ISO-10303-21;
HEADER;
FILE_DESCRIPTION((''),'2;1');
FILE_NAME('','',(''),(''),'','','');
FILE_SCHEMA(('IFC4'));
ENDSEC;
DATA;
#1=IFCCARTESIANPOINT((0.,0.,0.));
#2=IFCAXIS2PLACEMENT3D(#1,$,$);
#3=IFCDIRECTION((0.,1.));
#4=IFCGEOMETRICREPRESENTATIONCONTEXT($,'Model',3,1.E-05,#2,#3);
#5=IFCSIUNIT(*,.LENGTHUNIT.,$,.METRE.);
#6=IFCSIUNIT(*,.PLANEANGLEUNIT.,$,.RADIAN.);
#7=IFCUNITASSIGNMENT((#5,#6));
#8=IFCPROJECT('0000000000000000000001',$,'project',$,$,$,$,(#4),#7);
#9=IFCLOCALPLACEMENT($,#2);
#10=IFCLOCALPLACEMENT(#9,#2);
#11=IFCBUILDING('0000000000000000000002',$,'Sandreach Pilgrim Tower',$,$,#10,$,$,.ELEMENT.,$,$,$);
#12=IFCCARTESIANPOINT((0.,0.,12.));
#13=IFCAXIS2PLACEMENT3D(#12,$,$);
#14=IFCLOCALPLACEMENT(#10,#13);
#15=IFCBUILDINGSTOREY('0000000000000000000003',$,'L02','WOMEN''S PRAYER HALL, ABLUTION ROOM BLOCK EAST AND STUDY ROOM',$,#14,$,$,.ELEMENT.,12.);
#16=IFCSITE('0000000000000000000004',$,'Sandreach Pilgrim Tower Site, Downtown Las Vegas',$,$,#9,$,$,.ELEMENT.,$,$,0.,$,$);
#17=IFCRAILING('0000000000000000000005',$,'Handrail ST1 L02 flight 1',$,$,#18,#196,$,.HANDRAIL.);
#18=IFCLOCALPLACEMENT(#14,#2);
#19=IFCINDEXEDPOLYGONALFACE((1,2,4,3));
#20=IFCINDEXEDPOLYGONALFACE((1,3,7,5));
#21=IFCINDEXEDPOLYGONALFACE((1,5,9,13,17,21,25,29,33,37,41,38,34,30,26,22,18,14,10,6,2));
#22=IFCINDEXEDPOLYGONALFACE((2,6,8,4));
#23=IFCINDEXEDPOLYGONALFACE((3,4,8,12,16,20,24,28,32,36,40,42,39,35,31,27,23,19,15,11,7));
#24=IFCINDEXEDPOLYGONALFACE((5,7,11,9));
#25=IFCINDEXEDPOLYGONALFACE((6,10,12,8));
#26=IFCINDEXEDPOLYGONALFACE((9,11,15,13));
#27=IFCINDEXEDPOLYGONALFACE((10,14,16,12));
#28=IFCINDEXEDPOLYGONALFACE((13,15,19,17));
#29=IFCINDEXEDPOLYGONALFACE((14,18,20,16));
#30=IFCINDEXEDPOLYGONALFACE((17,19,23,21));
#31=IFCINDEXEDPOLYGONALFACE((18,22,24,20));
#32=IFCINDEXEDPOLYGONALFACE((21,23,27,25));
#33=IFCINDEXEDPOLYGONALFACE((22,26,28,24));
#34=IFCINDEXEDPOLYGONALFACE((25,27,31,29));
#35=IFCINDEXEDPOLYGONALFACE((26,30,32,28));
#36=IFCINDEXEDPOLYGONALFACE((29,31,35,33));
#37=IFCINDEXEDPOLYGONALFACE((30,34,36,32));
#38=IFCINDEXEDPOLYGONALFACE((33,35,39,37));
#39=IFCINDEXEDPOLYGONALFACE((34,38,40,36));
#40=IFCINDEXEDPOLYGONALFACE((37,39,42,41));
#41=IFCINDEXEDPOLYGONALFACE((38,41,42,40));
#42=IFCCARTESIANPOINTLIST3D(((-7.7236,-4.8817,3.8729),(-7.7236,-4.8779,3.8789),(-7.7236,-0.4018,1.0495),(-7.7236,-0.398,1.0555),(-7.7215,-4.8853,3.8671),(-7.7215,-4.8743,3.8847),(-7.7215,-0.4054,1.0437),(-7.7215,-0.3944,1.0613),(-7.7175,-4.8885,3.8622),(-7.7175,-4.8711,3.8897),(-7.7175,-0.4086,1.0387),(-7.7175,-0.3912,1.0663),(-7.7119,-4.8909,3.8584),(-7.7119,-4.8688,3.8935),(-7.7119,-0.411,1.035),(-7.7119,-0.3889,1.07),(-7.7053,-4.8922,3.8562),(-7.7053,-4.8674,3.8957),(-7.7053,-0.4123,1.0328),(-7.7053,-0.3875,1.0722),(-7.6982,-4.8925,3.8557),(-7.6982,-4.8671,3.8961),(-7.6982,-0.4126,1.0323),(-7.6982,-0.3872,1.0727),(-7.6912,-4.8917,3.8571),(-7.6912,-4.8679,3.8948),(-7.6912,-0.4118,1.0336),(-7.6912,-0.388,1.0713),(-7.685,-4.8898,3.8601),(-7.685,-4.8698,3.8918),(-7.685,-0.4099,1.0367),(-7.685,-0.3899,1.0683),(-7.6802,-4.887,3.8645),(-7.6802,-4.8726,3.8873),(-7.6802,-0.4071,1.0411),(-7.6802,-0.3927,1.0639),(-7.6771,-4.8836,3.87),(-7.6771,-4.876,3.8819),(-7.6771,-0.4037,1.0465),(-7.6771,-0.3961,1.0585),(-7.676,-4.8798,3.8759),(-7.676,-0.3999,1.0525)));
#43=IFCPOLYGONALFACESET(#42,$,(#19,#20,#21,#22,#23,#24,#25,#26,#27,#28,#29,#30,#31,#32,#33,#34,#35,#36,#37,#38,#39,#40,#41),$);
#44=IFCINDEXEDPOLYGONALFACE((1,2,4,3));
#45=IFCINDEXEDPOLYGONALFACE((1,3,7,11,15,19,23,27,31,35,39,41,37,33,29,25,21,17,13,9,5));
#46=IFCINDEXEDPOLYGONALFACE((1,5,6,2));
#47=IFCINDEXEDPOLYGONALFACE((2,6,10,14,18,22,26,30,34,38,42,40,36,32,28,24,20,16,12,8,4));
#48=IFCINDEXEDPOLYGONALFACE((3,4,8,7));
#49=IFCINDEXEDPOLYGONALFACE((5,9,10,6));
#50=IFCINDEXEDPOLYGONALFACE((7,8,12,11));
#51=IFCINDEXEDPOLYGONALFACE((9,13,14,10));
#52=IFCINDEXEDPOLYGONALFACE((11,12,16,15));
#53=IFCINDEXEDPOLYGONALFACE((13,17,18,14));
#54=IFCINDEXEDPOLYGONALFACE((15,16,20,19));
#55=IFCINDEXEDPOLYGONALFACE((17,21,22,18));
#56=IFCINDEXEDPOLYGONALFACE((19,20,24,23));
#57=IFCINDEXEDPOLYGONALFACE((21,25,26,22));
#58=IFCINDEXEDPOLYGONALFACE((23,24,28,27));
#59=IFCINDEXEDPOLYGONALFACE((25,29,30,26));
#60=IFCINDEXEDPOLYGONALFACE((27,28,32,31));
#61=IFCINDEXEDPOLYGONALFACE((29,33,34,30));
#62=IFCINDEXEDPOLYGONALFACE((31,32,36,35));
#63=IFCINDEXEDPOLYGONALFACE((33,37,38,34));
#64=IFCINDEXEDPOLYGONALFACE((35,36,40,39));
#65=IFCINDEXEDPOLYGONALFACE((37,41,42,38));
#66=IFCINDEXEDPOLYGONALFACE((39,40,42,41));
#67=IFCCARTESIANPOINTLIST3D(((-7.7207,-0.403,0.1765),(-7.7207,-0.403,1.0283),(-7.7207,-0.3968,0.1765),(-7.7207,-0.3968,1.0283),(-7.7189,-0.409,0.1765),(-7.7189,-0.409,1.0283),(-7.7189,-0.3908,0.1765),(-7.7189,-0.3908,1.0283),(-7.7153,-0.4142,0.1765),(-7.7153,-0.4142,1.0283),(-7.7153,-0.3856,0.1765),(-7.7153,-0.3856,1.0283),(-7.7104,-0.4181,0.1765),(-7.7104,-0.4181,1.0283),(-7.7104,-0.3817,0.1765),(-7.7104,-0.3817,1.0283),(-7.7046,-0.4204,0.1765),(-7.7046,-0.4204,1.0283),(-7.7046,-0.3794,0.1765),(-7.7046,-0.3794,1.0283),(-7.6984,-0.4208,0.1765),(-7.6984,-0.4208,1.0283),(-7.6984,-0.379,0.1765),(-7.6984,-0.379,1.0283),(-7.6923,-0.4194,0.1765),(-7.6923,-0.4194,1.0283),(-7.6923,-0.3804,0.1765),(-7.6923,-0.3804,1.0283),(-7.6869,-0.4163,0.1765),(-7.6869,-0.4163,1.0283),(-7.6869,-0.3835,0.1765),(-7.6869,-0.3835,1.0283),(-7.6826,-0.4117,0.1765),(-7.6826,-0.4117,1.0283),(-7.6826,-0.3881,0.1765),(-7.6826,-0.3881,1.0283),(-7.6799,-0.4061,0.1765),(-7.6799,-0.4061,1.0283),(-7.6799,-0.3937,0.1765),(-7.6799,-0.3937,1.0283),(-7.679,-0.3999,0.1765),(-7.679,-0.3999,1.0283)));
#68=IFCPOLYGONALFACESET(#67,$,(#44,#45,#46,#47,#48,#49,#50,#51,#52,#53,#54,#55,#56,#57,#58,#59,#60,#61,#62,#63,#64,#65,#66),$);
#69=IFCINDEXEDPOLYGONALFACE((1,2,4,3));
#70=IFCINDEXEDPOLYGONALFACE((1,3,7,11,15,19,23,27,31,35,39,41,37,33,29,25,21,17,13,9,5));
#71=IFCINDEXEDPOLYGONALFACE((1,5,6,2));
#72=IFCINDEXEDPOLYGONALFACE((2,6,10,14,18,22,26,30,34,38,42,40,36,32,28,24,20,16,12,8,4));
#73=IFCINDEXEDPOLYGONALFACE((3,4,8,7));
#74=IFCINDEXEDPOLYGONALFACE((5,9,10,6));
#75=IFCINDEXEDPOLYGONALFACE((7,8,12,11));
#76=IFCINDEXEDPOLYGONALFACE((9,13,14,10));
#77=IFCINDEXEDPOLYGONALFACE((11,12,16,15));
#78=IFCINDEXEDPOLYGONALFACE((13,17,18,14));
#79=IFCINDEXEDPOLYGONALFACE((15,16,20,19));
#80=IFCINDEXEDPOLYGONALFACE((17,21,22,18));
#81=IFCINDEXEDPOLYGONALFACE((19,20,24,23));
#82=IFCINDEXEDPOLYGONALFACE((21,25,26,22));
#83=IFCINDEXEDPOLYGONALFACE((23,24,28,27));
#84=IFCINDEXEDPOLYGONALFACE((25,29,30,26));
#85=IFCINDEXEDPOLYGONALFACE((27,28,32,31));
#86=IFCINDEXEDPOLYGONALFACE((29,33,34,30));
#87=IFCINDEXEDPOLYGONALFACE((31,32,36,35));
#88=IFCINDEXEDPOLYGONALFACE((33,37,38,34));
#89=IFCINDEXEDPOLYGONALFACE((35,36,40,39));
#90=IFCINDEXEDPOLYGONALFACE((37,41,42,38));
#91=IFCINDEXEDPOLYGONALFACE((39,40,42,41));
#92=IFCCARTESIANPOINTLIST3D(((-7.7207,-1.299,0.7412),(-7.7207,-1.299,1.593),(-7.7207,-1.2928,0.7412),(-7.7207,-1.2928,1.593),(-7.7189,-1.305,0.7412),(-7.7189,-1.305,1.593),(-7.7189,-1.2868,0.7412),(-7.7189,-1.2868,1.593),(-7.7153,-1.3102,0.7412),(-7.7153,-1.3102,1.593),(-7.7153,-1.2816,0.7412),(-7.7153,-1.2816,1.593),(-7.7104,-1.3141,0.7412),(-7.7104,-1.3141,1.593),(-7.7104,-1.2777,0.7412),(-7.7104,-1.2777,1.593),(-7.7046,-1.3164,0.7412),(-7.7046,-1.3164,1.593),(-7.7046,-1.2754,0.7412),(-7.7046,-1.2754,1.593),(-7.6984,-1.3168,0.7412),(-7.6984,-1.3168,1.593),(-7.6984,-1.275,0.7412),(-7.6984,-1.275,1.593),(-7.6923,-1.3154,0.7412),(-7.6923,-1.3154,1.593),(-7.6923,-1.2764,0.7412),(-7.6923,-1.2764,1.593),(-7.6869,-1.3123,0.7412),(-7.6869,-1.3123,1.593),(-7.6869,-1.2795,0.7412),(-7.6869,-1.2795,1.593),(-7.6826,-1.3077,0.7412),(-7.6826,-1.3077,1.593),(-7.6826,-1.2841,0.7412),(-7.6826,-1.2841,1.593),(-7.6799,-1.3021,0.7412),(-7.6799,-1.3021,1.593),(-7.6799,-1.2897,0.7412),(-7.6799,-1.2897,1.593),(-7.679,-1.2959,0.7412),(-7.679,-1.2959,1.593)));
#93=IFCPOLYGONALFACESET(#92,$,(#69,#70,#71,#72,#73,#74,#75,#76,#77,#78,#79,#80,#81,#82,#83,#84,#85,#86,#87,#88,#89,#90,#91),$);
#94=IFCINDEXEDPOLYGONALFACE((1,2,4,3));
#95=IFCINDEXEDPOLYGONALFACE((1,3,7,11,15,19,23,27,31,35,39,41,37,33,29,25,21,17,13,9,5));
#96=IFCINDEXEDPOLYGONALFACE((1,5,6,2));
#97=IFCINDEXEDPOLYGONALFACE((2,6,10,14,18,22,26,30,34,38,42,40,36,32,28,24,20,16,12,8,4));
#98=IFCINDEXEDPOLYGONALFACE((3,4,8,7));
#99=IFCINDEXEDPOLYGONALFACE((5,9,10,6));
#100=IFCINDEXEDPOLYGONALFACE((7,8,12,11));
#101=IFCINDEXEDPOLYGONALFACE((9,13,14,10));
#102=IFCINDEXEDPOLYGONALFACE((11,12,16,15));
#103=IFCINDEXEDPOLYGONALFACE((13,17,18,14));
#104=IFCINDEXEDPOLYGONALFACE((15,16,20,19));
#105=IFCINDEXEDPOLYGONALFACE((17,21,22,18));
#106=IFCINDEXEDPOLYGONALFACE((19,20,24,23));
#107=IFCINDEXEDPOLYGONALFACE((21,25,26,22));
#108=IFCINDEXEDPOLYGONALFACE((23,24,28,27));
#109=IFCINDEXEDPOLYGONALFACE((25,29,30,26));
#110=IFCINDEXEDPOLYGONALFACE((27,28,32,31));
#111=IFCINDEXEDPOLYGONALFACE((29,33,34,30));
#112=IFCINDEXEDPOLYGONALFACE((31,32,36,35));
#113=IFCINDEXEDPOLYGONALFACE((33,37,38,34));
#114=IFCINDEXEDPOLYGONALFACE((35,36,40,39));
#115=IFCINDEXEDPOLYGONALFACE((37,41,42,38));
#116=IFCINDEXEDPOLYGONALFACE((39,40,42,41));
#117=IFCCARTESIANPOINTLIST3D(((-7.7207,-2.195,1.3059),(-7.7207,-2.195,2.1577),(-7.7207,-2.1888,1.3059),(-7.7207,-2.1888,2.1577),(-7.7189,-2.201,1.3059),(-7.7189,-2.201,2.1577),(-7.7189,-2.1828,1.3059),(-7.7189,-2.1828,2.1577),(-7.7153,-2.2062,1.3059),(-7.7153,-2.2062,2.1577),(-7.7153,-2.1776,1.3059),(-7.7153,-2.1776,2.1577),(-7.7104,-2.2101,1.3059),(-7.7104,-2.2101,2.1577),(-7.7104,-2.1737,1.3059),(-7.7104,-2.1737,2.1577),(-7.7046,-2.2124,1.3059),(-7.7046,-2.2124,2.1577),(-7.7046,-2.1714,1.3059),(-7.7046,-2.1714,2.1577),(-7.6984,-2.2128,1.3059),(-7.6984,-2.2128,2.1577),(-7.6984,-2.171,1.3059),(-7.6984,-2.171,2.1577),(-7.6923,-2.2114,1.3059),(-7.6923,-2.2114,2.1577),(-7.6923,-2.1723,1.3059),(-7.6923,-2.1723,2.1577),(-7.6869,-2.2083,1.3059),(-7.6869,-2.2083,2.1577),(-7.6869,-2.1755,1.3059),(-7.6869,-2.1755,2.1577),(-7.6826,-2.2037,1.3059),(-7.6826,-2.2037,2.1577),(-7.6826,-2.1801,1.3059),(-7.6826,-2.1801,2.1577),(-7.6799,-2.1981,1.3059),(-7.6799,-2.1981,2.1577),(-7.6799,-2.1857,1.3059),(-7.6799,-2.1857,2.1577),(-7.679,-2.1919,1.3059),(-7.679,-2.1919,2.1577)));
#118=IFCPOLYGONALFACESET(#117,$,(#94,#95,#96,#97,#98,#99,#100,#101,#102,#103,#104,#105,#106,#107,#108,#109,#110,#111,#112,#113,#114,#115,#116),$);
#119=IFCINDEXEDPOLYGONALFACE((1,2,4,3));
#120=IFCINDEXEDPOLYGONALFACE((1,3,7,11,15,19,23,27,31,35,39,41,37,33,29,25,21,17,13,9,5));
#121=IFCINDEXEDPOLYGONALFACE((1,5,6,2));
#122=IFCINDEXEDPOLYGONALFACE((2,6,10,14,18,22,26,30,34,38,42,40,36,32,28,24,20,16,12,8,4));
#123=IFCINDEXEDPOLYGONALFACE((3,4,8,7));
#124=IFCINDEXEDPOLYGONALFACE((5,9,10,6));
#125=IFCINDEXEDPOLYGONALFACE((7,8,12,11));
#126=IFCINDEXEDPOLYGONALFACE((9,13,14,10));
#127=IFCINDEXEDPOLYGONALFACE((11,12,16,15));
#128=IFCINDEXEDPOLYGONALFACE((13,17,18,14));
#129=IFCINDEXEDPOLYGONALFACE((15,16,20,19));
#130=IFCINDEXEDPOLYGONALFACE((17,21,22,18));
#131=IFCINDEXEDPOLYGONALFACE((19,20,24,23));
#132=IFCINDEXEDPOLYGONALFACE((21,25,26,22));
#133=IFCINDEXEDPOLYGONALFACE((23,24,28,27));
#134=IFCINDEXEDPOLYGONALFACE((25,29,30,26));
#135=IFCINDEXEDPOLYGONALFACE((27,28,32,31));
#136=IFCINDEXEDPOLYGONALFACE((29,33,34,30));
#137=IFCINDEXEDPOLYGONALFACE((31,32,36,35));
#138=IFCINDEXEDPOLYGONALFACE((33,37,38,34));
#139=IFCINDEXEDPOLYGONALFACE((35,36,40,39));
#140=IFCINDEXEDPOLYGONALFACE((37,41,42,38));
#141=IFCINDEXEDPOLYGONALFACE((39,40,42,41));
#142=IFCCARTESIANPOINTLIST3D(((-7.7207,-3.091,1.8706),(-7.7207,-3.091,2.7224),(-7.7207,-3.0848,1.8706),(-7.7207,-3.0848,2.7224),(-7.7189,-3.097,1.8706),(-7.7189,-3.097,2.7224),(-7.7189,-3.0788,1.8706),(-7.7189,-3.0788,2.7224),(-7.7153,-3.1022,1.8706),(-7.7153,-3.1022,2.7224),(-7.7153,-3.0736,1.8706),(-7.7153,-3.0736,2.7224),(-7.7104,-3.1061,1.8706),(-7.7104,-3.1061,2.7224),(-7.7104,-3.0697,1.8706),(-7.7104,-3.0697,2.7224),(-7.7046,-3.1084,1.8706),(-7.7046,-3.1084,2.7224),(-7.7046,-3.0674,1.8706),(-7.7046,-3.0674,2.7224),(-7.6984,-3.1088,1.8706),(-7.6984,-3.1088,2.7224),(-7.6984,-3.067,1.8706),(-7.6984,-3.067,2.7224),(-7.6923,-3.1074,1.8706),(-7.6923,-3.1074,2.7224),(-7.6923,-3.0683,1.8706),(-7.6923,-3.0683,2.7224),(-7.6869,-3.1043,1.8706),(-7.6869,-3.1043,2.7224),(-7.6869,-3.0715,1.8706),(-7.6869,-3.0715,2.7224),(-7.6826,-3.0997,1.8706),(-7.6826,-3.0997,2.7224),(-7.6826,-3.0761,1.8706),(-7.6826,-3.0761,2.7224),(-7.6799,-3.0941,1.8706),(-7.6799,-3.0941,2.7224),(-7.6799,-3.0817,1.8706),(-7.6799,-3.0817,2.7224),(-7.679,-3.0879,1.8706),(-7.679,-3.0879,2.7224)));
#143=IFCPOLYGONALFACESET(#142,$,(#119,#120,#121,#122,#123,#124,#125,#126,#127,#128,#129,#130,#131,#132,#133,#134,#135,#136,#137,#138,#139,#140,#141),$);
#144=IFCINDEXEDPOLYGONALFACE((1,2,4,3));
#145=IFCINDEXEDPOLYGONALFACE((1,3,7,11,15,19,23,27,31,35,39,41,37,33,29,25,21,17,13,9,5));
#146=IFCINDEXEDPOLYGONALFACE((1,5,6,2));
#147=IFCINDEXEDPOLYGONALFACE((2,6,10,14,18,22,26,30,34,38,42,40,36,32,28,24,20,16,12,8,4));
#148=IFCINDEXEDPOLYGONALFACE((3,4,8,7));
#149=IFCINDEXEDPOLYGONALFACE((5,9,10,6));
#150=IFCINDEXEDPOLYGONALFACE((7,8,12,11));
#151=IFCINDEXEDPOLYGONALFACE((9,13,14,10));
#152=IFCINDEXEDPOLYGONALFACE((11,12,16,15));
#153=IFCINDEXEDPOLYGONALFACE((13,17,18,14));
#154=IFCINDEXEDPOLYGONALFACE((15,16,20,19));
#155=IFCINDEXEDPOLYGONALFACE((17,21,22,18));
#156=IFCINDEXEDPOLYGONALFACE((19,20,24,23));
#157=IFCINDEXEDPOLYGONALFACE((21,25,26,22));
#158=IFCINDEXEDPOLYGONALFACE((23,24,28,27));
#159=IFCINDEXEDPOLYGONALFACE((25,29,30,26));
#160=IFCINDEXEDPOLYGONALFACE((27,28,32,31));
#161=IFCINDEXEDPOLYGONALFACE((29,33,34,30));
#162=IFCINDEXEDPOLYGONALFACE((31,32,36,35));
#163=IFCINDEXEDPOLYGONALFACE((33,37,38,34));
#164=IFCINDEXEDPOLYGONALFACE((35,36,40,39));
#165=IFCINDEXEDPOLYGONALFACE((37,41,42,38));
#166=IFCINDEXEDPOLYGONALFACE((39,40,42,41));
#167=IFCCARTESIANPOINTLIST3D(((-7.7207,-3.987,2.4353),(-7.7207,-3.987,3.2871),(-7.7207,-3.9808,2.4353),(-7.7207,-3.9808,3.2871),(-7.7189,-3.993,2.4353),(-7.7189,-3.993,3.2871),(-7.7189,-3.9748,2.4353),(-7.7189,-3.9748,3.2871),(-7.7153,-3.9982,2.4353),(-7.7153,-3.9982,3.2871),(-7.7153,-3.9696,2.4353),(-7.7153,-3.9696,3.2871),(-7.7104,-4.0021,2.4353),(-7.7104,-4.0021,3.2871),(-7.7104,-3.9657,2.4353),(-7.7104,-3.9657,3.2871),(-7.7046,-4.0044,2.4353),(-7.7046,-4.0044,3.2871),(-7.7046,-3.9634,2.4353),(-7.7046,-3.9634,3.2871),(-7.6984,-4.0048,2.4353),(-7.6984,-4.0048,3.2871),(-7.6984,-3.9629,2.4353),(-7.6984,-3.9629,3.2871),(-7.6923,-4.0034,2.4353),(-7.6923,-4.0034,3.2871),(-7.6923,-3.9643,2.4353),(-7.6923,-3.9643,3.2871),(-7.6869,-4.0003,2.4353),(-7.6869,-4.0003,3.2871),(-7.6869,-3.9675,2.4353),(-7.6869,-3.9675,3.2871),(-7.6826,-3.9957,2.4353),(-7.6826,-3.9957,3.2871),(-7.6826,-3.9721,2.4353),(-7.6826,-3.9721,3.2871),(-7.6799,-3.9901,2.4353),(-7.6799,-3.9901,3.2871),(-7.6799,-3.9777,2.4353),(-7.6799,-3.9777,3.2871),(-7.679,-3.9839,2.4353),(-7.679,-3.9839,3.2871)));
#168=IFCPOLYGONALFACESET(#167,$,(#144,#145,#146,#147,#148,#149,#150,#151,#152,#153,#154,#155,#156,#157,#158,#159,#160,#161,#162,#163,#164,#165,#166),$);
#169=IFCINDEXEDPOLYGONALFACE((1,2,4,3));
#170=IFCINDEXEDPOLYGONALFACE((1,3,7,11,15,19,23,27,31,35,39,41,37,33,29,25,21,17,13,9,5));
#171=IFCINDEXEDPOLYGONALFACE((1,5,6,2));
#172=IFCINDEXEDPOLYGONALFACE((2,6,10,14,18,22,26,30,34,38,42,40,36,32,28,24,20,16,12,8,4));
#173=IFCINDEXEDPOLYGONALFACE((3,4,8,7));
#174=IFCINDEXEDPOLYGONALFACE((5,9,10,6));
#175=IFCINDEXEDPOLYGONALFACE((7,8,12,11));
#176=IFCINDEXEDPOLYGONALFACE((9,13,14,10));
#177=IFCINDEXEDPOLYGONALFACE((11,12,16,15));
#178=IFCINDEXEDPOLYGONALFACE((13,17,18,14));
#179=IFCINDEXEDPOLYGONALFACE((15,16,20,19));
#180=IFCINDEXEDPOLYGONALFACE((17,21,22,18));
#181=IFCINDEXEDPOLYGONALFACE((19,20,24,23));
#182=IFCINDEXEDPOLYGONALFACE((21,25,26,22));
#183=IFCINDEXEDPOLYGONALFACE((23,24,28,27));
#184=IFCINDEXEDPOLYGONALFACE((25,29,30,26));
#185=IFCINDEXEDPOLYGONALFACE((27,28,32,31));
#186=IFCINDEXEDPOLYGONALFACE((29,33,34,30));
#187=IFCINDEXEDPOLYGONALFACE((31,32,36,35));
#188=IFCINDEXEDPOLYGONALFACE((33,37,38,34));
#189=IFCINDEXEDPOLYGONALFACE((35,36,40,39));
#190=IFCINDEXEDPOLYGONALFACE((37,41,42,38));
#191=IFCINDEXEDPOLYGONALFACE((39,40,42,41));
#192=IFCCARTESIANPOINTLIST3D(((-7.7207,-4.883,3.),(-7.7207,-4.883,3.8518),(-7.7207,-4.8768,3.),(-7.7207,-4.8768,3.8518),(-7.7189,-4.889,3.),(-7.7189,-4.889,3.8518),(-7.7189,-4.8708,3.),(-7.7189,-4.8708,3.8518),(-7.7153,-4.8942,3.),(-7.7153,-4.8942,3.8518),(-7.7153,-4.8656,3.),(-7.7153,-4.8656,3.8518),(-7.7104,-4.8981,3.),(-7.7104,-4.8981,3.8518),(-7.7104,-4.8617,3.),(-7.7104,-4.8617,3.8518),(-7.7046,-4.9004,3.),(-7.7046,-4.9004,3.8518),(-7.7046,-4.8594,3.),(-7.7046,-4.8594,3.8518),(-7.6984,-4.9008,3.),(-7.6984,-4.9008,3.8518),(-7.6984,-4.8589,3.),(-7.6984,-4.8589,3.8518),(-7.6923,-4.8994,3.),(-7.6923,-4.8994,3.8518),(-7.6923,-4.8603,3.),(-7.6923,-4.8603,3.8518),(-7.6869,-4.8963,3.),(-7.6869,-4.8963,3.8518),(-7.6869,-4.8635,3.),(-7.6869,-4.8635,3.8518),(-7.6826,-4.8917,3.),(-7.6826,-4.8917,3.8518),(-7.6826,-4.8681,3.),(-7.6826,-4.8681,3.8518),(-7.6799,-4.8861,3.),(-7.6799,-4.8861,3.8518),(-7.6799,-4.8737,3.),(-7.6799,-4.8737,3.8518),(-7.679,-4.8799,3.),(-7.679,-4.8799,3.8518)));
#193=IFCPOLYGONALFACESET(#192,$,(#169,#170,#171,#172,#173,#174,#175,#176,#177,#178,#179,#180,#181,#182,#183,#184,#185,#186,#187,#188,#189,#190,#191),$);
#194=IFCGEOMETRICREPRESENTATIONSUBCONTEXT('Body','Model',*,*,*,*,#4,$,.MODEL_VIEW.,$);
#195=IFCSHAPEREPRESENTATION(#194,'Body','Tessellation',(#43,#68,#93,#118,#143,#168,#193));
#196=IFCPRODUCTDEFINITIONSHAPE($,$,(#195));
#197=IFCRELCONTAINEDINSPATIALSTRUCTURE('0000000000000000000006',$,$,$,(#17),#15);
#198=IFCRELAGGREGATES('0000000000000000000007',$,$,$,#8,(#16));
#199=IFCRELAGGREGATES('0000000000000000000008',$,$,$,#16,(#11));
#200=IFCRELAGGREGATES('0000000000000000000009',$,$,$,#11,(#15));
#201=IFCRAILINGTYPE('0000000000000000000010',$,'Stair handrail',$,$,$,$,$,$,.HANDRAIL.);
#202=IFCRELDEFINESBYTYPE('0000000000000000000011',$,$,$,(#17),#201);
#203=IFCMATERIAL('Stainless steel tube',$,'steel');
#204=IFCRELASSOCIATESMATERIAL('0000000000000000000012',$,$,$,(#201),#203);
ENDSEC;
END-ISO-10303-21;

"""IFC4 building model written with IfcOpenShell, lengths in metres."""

from ifc_helpers import new_model, si_unit, direction, frame, origin, origin_2d, place, context, subcontext, project, spatial, circle, extrude, material, type_object, element, save


model = new_model("IFC4")

# Units and contexts
model_context = context("Model", 3, precision=1e-05, world=origin(), true_north=direction((0.0, 1.0)))
body_context = subcontext(model_context, "Body", "Model", "MODEL_VIEW")
ifc_project = project(units=[si_unit("LENGTHUNIT", "METRE"), si_unit("PLANEANGLEUNIT", "RADIAN")], contexts=[model_context])

# Site, building, storey
site_placement = place(None, origin())
site = spatial("IfcSite", under=ifc_project, at=site_placement, Name="Sandreach Pilgrim Tower Site, Downtown Las Vegas", CompositionType="ELEMENT", RefElevation=0.0)
building_placement = place(site_placement, origin())
building = spatial("IfcBuilding", under=site, at=building_placement, Name="Sandreach Pilgrim Tower", CompositionType="ELEMENT")
storey_placement = place(building_placement, frame((0.0, 0.0, 12.0)))
storey = spatial("IfcBuildingStorey", under=building, at=storey_placement, Name="L02", Description="WOMEN'S PRAYER HALL, ABLUTION ROOM BLOCK EAST AND STUDY ROOM", CompositionType="ELEMENT", Elevation=12.0)

# Railing
ifc_material_1 = material(Name="Stainless steel tube", Category="steel")
railing_type = type_object("IfcRailingType", Name="Stair handrail", PredefinedType="HANDRAIL", material=ifc_material_1)
for number, where, name in (
    (1, (-7.7, -0.3999, 0.1765), "Handrail ST1 L02 flight 1"),
):
    element("IfcRailing", number, at=place(storey_placement, frame(where)), inside=storey, type_object=railing_type, Name=name, PredefinedType="HANDRAIL", context=body_context, shape_type="SweptSolid", body=[
        extrude(circle(Radius=0.0239, at=origin_2d()), frame((0.0, 0.0, 0.876), z_axis=(0.0, -0.845998, 0.533186), x_axis=(1.0, 0.0, 0.0)), (0.0, 0.0, 1.0), 5.2954),
        extrude(circle(Radius=0.021, at=origin_2d()), origin(), (0.0, 0.0, 1.0), 0.8518),
        extrude(circle(Radius=0.021, at=origin_2d()), frame((0.0, -0.896, 0.5647)), (0.0, 0.0, 1.0), 0.8518),
        extrude(circle(Radius=0.021, at=origin_2d()), frame((0.0, -1.792, 1.1294)), (0.0, 0.0, 1.0), 0.8518),
        extrude(circle(Radius=0.021, at=origin_2d()), frame((0.0, -2.688, 1.6941)), (0.0, 0.0, 1.0), 0.8518),
        extrude(circle(Radius=0.021, at=origin_2d()), frame((0.0, -3.584, 2.2588)), (0.0, 0.0, 1.0), 0.8518),
        extrude(circle(Radius=0.021, at=origin_2d()), frame((0.0, -4.48, 2.8235)), (0.0, 0.0, 1.0), 0.8518),
    ])

save(model, "model.ifc")
